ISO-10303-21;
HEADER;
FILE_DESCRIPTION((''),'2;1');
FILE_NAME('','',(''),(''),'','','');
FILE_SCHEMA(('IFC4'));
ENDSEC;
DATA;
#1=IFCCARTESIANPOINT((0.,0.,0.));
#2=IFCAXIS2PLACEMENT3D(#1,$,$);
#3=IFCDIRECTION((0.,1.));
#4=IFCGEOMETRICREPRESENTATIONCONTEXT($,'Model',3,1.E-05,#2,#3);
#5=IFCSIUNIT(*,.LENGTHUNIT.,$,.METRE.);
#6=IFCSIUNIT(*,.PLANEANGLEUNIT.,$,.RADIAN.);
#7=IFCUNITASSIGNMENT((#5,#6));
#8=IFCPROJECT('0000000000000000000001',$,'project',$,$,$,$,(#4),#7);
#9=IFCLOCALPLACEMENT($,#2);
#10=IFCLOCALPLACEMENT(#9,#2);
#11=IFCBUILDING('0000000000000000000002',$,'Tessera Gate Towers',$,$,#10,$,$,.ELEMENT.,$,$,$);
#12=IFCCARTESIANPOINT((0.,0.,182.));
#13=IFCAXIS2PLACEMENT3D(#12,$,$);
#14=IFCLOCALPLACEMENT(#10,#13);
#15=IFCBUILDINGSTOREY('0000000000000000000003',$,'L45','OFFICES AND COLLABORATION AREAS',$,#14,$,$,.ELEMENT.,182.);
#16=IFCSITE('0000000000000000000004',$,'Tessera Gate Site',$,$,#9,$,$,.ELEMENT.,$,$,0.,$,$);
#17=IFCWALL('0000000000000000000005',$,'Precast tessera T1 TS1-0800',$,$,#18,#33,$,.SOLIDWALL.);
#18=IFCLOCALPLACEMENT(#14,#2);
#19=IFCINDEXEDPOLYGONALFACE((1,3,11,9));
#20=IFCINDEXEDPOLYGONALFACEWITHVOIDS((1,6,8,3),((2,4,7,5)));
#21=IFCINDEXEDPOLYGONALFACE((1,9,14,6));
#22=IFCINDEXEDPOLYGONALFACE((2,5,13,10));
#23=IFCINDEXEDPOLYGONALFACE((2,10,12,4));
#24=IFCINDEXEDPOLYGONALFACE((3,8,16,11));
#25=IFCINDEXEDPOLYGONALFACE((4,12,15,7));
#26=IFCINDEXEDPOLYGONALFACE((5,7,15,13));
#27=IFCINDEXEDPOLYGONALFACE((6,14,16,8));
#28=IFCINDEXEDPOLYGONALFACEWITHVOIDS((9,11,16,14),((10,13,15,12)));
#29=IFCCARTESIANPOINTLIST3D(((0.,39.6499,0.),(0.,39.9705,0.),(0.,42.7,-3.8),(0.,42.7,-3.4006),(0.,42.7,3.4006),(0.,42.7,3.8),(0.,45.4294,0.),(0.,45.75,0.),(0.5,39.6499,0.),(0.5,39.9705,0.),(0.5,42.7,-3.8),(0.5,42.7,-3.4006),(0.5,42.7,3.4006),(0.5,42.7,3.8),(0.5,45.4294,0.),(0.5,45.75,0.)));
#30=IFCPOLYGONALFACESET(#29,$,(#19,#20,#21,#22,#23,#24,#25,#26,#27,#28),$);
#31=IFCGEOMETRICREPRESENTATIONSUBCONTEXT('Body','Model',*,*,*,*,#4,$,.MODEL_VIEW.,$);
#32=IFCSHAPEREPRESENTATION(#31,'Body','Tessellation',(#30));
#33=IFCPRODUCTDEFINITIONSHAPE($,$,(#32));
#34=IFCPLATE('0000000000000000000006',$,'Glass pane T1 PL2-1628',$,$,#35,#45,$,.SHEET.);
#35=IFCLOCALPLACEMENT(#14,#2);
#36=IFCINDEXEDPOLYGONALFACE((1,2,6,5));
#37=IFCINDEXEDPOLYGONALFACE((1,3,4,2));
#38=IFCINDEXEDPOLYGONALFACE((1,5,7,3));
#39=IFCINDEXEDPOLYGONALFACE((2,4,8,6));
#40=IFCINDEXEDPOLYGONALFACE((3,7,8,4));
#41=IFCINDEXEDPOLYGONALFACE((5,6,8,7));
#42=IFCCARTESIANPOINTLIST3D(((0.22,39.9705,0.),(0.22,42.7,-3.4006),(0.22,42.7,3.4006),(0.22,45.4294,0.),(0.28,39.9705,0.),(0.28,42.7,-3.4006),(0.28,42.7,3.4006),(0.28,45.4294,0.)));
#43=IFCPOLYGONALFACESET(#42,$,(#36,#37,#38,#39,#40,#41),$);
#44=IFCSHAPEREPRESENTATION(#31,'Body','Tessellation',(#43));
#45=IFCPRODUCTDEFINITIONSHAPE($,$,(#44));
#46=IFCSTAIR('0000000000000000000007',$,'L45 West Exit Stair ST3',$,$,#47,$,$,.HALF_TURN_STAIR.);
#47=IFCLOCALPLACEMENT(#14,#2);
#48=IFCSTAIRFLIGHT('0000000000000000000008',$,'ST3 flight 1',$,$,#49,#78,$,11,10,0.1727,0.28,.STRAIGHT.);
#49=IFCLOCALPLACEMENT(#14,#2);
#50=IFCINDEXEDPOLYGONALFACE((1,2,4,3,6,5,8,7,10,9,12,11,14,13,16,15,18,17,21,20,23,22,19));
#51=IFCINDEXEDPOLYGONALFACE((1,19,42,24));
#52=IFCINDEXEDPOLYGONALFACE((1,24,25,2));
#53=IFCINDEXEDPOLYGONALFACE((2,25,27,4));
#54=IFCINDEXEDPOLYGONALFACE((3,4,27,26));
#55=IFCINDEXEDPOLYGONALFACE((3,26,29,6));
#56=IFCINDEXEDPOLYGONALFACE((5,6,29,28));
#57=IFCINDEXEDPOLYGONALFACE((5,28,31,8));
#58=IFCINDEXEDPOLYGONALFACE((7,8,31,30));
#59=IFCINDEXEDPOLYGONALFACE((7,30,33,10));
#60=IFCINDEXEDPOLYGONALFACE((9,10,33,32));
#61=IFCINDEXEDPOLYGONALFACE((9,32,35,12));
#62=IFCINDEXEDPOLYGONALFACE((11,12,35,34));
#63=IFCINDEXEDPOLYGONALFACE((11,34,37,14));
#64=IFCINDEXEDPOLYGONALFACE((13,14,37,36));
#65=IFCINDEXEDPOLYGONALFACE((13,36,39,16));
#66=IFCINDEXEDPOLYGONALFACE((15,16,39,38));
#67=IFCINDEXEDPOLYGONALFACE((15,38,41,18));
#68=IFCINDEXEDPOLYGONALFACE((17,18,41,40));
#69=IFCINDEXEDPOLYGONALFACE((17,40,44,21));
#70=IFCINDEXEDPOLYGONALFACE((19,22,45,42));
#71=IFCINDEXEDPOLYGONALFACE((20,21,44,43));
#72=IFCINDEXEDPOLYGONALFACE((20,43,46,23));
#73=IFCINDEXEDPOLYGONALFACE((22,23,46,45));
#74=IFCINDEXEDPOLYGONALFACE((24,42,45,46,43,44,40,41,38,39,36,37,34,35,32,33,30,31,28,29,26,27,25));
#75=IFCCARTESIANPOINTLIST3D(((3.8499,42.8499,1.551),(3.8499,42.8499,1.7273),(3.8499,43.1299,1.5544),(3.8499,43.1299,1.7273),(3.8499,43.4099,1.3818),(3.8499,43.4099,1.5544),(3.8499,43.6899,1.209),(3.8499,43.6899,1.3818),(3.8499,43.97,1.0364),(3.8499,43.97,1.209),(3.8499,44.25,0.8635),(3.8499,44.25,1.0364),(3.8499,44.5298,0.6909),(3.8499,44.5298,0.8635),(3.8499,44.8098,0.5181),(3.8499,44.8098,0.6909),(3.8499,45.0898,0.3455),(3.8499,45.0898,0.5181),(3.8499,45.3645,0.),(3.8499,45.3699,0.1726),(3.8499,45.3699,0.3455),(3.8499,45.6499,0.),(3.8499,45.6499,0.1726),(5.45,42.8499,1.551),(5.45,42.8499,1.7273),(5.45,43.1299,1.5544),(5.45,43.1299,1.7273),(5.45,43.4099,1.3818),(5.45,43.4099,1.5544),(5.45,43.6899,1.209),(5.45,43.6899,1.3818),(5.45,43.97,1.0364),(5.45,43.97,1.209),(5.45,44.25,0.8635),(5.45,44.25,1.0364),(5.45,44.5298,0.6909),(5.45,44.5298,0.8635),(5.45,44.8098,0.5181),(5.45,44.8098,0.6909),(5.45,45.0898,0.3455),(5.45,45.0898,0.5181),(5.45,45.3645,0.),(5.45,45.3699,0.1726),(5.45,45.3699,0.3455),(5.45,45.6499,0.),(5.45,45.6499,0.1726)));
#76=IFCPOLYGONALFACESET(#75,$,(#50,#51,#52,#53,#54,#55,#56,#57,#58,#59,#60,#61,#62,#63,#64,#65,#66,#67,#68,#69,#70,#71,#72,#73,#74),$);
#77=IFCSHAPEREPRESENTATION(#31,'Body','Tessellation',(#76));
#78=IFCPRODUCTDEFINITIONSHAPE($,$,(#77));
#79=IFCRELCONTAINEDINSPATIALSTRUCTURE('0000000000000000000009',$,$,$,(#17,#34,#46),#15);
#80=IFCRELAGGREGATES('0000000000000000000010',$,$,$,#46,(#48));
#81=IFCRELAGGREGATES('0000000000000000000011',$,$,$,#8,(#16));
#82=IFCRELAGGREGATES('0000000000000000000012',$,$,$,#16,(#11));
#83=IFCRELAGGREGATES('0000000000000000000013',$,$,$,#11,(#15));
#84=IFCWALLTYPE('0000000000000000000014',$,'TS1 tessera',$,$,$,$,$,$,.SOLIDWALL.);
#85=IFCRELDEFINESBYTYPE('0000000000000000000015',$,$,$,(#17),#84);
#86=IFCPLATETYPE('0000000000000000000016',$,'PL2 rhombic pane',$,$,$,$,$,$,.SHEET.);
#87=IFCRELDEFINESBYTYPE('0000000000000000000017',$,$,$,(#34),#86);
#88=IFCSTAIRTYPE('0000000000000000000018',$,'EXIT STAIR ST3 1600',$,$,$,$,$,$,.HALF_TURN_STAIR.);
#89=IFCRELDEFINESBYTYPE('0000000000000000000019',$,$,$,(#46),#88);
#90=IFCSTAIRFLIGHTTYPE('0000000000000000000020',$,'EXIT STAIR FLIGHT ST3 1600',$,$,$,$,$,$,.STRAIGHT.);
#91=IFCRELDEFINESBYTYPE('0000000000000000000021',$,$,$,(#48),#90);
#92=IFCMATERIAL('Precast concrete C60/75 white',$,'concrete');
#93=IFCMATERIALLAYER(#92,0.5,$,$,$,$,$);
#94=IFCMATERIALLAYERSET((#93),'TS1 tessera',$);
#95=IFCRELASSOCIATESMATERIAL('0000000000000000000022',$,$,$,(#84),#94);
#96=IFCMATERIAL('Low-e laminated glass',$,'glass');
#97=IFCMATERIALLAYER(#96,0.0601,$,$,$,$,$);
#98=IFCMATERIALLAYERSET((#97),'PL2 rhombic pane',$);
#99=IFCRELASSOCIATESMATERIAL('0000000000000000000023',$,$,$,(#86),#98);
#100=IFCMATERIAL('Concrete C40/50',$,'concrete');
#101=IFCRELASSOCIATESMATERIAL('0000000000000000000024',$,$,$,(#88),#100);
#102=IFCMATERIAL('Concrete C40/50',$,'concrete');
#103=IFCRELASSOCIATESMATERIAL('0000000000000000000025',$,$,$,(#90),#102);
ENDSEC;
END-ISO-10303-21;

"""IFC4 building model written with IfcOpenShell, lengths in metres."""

from ifc_helpers import new_model, si_unit, direction, frame, origin, place, context, subcontext, project, spatial, polyline, outline, extrude, source, transform, mapped, material, layer, layer_set, type_object, element, fill, aggregate, save


model = new_model("IFC4")

# Units and contexts
model_context = context("Model", 3, precision=1e-05, world=origin(), true_north=direction((0.0, 1.0)))
body_context = subcontext(model_context, "Body", "Model", "MODEL_VIEW")
ifc_project = project(units=[si_unit("LENGTHUNIT", "METRE"), si_unit("PLANEANGLEUNIT", "RADIAN")], contexts=[model_context])

# Site, building, storey
site_placement = place(None, origin())
site = spatial("IfcSite", under=ifc_project, at=site_placement, Name="Tessera Gate Site", CompositionType="ELEMENT", RefElevation=0.0)
building_placement = place(site_placement, origin())
building = spatial("IfcBuilding", under=site, at=building_placement, Name="Tessera Gate Towers", CompositionType="ELEMENT")
storey_placement = place(building_placement, frame((0.0, 0.0, 182.0)))
storey = spatial("IfcBuildingStorey", under=building, at=storey_placement, Name="L45", Description="OFFICES AND COLLABORATION AREAS", CompositionType="ELEMENT", Elevation=182.0)

# Wall, opening, plate
ifc_material_1 = material(Name="Precast concrete C60/75 white", Category="concrete")
ifc_layer_1 = layer(ifc_material_1, 0.5)
ifc_layer_set_1 = layer_set([ifc_layer_1], Name="TS1 tessera")
wall_type_1 = type_object("IfcWallType", Name="TS1 tessera", PredefinedType="SOLIDWALL", material=ifc_layer_set_1)
shared_shape_1 = source(origin(), body_context, "Body", "SweptSolid", [
    extrude(outline(polyline([(3.05, 0.0), (6.1001, 3.8), (3.05, 7.6001), (0.0, 3.8), (3.05, 0.0)])), frame((0.0, 0.25, 0.0), z_axis=(0.0, -1.0, 0.0), x_axis=(1.0, 0.0, 0.0)), (0.0, 0.0, 1.0), 0.5),
])
wall_1_placement = place(storey_placement, frame((0.25, 45.75, -3.8), z_axis=(0.0, 0.0, 1.0), x_axis=(0.0, -1.0, 0.0)))
wall_1 = element("IfcWall", 1, at=wall_1_placement, inside=storey, type_object=wall_type_1, Name="Precast tessera T1 TS1-0800", PredefinedType="SOLIDWALL", context=body_context, shape_type="MappedRepresentation", body=[
    mapped(shared_shape_1, transform((0.0, 0.0, 0.0), scale=1.0)),
])
shared_shape_2 = source(origin(), body_context, "Body", "SweptSolid", [
    extrude(outline(polyline([(3.05, 0.3994), (5.7795, 3.8), (3.05, 7.2007), (0.3206, 3.8), (3.05, 0.3994)])), frame((0.0, 0.26, 0.0), z_axis=(0.0, -1.0, 0.0), x_axis=(1.0, 0.0, 0.0)), (0.0, 0.0, 1.0), 0.52),
])
opening_1_placement = place(wall_1_placement, origin())
opening_1 = element("IfcOpeningElement", 2, at=opening_1_placement, cuts=wall_1, PredefinedType="OPENING", context=body_context, shape_type="MappedRepresentation", body=[
    mapped(shared_shape_2, transform((0.0, 0.0, 0.0), scale=1.0)),
])
ifc_material_2 = material(Name="Low-e laminated glass", Category="glass")
ifc_layer_2 = layer(ifc_material_2, 0.0601)
ifc_layer_set_2 = layer_set([ifc_layer_2], Name="PL2 rhombic pane")
plate_type = type_object("IfcPlateType", Name="PL2 rhombic pane", PredefinedType="SHEET", material=ifc_layer_set_2)
shared_shape_3 = source(origin(), body_context, "Body", "SweptSolid", [
    extrude(outline(polyline([(3.05, 0.3994), (5.7795, 3.8), (3.05, 7.2007), (0.3206, 3.8), (3.05, 0.3994)])), frame((0.0, 0.03, 0.0), z_axis=(0.0, -1.0, 0.0), x_axis=(1.0, 0.0, 0.0)), (0.0, 0.0, 1.0), 0.0601),
])
plate_placement = place(opening_1_placement, origin())
plate = element("IfcPlate", 3, at=plate_placement, inside=storey, type_object=plate_type, Name="Glass pane T1 PL2-1628", PredefinedType="SHEET", context=body_context, shape_type="MappedRepresentation", body=[
    mapped(shared_shape_3, transform((0.0, 0.0, 0.0), scale=1.0)),
])
fill(opening_1, plate)

# Stair, stair flight
ifc_material_3 = material(Name="Concrete C40/50", Category="concrete")
stair_type = type_object("IfcStairType", Name="EXIT STAIR ST3 1600", PredefinedType="HALF_TURN_STAIR", material=ifc_material_3)
stair_placement = place(storey_placement, origin())
stair = element("IfcStair", 4, at=stair_placement, inside=storey, type_object=stair_type, Name="L45 West Exit Stair ST3", PredefinedType="HALF_TURN_STAIR")
ifc_material_4 = material(Name="Concrete C40/50", Category="concrete")
stair_flight_type = type_object("IfcStairFlightType", Name="EXIT STAIR FLIGHT ST3 1600", PredefinedType="STRAIGHT", material=ifc_material_4)
stair_flight_placement = place(storey_placement, frame((4.6499, 45.6499, 0.0), z_axis=(0.0, 0.0, 1.0), x_axis=(0.0, -1.0, 0.0)))
stair_flight = element("IfcStairFlight", 5, at=stair_flight_placement, type_object=stair_flight_type, Name="ST3 flight 1", NumberOfRisers=11, NumberOfTreads=10, PredefinedType="STRAIGHT", RiserHeight=0.1727, TreadLength=0.28, context=body_context, shape_type="SweptSolid", body=[
    extrude(outline(polyline([(0.0, 0.0), (0.0, 0.1726), (0.28, 0.1726), (0.28, 0.3455), (0.5601, 0.3455), (0.5601, 0.5181), (0.8401, 0.5181), (0.8401, 0.6909), (1.1201, 0.6909), (1.1201, 0.8635), (1.3999, 0.8635), (1.3999, 1.0364), (1.6799, 1.0364), (1.6799, 1.209), (1.96, 1.209), (1.96, 1.3818), (2.24, 1.3818), (2.24, 1.5544), (2.52, 1.5544), (2.52, 1.7273), (2.8, 1.7273), (2.8, 1.8999), (2.8, 1.551), (0.2854, 0.0), (0.0, 0.0)])), frame((0.0, 0.8, 0.0), z_axis=(0.0, -1.0, 0.0), x_axis=(1.0, 0.0, 0.0)), (0.0, 0.0, 1.0), 1.6001),
])
aggregate(stair, [stair_flight])

save(model, "model.ifc")
